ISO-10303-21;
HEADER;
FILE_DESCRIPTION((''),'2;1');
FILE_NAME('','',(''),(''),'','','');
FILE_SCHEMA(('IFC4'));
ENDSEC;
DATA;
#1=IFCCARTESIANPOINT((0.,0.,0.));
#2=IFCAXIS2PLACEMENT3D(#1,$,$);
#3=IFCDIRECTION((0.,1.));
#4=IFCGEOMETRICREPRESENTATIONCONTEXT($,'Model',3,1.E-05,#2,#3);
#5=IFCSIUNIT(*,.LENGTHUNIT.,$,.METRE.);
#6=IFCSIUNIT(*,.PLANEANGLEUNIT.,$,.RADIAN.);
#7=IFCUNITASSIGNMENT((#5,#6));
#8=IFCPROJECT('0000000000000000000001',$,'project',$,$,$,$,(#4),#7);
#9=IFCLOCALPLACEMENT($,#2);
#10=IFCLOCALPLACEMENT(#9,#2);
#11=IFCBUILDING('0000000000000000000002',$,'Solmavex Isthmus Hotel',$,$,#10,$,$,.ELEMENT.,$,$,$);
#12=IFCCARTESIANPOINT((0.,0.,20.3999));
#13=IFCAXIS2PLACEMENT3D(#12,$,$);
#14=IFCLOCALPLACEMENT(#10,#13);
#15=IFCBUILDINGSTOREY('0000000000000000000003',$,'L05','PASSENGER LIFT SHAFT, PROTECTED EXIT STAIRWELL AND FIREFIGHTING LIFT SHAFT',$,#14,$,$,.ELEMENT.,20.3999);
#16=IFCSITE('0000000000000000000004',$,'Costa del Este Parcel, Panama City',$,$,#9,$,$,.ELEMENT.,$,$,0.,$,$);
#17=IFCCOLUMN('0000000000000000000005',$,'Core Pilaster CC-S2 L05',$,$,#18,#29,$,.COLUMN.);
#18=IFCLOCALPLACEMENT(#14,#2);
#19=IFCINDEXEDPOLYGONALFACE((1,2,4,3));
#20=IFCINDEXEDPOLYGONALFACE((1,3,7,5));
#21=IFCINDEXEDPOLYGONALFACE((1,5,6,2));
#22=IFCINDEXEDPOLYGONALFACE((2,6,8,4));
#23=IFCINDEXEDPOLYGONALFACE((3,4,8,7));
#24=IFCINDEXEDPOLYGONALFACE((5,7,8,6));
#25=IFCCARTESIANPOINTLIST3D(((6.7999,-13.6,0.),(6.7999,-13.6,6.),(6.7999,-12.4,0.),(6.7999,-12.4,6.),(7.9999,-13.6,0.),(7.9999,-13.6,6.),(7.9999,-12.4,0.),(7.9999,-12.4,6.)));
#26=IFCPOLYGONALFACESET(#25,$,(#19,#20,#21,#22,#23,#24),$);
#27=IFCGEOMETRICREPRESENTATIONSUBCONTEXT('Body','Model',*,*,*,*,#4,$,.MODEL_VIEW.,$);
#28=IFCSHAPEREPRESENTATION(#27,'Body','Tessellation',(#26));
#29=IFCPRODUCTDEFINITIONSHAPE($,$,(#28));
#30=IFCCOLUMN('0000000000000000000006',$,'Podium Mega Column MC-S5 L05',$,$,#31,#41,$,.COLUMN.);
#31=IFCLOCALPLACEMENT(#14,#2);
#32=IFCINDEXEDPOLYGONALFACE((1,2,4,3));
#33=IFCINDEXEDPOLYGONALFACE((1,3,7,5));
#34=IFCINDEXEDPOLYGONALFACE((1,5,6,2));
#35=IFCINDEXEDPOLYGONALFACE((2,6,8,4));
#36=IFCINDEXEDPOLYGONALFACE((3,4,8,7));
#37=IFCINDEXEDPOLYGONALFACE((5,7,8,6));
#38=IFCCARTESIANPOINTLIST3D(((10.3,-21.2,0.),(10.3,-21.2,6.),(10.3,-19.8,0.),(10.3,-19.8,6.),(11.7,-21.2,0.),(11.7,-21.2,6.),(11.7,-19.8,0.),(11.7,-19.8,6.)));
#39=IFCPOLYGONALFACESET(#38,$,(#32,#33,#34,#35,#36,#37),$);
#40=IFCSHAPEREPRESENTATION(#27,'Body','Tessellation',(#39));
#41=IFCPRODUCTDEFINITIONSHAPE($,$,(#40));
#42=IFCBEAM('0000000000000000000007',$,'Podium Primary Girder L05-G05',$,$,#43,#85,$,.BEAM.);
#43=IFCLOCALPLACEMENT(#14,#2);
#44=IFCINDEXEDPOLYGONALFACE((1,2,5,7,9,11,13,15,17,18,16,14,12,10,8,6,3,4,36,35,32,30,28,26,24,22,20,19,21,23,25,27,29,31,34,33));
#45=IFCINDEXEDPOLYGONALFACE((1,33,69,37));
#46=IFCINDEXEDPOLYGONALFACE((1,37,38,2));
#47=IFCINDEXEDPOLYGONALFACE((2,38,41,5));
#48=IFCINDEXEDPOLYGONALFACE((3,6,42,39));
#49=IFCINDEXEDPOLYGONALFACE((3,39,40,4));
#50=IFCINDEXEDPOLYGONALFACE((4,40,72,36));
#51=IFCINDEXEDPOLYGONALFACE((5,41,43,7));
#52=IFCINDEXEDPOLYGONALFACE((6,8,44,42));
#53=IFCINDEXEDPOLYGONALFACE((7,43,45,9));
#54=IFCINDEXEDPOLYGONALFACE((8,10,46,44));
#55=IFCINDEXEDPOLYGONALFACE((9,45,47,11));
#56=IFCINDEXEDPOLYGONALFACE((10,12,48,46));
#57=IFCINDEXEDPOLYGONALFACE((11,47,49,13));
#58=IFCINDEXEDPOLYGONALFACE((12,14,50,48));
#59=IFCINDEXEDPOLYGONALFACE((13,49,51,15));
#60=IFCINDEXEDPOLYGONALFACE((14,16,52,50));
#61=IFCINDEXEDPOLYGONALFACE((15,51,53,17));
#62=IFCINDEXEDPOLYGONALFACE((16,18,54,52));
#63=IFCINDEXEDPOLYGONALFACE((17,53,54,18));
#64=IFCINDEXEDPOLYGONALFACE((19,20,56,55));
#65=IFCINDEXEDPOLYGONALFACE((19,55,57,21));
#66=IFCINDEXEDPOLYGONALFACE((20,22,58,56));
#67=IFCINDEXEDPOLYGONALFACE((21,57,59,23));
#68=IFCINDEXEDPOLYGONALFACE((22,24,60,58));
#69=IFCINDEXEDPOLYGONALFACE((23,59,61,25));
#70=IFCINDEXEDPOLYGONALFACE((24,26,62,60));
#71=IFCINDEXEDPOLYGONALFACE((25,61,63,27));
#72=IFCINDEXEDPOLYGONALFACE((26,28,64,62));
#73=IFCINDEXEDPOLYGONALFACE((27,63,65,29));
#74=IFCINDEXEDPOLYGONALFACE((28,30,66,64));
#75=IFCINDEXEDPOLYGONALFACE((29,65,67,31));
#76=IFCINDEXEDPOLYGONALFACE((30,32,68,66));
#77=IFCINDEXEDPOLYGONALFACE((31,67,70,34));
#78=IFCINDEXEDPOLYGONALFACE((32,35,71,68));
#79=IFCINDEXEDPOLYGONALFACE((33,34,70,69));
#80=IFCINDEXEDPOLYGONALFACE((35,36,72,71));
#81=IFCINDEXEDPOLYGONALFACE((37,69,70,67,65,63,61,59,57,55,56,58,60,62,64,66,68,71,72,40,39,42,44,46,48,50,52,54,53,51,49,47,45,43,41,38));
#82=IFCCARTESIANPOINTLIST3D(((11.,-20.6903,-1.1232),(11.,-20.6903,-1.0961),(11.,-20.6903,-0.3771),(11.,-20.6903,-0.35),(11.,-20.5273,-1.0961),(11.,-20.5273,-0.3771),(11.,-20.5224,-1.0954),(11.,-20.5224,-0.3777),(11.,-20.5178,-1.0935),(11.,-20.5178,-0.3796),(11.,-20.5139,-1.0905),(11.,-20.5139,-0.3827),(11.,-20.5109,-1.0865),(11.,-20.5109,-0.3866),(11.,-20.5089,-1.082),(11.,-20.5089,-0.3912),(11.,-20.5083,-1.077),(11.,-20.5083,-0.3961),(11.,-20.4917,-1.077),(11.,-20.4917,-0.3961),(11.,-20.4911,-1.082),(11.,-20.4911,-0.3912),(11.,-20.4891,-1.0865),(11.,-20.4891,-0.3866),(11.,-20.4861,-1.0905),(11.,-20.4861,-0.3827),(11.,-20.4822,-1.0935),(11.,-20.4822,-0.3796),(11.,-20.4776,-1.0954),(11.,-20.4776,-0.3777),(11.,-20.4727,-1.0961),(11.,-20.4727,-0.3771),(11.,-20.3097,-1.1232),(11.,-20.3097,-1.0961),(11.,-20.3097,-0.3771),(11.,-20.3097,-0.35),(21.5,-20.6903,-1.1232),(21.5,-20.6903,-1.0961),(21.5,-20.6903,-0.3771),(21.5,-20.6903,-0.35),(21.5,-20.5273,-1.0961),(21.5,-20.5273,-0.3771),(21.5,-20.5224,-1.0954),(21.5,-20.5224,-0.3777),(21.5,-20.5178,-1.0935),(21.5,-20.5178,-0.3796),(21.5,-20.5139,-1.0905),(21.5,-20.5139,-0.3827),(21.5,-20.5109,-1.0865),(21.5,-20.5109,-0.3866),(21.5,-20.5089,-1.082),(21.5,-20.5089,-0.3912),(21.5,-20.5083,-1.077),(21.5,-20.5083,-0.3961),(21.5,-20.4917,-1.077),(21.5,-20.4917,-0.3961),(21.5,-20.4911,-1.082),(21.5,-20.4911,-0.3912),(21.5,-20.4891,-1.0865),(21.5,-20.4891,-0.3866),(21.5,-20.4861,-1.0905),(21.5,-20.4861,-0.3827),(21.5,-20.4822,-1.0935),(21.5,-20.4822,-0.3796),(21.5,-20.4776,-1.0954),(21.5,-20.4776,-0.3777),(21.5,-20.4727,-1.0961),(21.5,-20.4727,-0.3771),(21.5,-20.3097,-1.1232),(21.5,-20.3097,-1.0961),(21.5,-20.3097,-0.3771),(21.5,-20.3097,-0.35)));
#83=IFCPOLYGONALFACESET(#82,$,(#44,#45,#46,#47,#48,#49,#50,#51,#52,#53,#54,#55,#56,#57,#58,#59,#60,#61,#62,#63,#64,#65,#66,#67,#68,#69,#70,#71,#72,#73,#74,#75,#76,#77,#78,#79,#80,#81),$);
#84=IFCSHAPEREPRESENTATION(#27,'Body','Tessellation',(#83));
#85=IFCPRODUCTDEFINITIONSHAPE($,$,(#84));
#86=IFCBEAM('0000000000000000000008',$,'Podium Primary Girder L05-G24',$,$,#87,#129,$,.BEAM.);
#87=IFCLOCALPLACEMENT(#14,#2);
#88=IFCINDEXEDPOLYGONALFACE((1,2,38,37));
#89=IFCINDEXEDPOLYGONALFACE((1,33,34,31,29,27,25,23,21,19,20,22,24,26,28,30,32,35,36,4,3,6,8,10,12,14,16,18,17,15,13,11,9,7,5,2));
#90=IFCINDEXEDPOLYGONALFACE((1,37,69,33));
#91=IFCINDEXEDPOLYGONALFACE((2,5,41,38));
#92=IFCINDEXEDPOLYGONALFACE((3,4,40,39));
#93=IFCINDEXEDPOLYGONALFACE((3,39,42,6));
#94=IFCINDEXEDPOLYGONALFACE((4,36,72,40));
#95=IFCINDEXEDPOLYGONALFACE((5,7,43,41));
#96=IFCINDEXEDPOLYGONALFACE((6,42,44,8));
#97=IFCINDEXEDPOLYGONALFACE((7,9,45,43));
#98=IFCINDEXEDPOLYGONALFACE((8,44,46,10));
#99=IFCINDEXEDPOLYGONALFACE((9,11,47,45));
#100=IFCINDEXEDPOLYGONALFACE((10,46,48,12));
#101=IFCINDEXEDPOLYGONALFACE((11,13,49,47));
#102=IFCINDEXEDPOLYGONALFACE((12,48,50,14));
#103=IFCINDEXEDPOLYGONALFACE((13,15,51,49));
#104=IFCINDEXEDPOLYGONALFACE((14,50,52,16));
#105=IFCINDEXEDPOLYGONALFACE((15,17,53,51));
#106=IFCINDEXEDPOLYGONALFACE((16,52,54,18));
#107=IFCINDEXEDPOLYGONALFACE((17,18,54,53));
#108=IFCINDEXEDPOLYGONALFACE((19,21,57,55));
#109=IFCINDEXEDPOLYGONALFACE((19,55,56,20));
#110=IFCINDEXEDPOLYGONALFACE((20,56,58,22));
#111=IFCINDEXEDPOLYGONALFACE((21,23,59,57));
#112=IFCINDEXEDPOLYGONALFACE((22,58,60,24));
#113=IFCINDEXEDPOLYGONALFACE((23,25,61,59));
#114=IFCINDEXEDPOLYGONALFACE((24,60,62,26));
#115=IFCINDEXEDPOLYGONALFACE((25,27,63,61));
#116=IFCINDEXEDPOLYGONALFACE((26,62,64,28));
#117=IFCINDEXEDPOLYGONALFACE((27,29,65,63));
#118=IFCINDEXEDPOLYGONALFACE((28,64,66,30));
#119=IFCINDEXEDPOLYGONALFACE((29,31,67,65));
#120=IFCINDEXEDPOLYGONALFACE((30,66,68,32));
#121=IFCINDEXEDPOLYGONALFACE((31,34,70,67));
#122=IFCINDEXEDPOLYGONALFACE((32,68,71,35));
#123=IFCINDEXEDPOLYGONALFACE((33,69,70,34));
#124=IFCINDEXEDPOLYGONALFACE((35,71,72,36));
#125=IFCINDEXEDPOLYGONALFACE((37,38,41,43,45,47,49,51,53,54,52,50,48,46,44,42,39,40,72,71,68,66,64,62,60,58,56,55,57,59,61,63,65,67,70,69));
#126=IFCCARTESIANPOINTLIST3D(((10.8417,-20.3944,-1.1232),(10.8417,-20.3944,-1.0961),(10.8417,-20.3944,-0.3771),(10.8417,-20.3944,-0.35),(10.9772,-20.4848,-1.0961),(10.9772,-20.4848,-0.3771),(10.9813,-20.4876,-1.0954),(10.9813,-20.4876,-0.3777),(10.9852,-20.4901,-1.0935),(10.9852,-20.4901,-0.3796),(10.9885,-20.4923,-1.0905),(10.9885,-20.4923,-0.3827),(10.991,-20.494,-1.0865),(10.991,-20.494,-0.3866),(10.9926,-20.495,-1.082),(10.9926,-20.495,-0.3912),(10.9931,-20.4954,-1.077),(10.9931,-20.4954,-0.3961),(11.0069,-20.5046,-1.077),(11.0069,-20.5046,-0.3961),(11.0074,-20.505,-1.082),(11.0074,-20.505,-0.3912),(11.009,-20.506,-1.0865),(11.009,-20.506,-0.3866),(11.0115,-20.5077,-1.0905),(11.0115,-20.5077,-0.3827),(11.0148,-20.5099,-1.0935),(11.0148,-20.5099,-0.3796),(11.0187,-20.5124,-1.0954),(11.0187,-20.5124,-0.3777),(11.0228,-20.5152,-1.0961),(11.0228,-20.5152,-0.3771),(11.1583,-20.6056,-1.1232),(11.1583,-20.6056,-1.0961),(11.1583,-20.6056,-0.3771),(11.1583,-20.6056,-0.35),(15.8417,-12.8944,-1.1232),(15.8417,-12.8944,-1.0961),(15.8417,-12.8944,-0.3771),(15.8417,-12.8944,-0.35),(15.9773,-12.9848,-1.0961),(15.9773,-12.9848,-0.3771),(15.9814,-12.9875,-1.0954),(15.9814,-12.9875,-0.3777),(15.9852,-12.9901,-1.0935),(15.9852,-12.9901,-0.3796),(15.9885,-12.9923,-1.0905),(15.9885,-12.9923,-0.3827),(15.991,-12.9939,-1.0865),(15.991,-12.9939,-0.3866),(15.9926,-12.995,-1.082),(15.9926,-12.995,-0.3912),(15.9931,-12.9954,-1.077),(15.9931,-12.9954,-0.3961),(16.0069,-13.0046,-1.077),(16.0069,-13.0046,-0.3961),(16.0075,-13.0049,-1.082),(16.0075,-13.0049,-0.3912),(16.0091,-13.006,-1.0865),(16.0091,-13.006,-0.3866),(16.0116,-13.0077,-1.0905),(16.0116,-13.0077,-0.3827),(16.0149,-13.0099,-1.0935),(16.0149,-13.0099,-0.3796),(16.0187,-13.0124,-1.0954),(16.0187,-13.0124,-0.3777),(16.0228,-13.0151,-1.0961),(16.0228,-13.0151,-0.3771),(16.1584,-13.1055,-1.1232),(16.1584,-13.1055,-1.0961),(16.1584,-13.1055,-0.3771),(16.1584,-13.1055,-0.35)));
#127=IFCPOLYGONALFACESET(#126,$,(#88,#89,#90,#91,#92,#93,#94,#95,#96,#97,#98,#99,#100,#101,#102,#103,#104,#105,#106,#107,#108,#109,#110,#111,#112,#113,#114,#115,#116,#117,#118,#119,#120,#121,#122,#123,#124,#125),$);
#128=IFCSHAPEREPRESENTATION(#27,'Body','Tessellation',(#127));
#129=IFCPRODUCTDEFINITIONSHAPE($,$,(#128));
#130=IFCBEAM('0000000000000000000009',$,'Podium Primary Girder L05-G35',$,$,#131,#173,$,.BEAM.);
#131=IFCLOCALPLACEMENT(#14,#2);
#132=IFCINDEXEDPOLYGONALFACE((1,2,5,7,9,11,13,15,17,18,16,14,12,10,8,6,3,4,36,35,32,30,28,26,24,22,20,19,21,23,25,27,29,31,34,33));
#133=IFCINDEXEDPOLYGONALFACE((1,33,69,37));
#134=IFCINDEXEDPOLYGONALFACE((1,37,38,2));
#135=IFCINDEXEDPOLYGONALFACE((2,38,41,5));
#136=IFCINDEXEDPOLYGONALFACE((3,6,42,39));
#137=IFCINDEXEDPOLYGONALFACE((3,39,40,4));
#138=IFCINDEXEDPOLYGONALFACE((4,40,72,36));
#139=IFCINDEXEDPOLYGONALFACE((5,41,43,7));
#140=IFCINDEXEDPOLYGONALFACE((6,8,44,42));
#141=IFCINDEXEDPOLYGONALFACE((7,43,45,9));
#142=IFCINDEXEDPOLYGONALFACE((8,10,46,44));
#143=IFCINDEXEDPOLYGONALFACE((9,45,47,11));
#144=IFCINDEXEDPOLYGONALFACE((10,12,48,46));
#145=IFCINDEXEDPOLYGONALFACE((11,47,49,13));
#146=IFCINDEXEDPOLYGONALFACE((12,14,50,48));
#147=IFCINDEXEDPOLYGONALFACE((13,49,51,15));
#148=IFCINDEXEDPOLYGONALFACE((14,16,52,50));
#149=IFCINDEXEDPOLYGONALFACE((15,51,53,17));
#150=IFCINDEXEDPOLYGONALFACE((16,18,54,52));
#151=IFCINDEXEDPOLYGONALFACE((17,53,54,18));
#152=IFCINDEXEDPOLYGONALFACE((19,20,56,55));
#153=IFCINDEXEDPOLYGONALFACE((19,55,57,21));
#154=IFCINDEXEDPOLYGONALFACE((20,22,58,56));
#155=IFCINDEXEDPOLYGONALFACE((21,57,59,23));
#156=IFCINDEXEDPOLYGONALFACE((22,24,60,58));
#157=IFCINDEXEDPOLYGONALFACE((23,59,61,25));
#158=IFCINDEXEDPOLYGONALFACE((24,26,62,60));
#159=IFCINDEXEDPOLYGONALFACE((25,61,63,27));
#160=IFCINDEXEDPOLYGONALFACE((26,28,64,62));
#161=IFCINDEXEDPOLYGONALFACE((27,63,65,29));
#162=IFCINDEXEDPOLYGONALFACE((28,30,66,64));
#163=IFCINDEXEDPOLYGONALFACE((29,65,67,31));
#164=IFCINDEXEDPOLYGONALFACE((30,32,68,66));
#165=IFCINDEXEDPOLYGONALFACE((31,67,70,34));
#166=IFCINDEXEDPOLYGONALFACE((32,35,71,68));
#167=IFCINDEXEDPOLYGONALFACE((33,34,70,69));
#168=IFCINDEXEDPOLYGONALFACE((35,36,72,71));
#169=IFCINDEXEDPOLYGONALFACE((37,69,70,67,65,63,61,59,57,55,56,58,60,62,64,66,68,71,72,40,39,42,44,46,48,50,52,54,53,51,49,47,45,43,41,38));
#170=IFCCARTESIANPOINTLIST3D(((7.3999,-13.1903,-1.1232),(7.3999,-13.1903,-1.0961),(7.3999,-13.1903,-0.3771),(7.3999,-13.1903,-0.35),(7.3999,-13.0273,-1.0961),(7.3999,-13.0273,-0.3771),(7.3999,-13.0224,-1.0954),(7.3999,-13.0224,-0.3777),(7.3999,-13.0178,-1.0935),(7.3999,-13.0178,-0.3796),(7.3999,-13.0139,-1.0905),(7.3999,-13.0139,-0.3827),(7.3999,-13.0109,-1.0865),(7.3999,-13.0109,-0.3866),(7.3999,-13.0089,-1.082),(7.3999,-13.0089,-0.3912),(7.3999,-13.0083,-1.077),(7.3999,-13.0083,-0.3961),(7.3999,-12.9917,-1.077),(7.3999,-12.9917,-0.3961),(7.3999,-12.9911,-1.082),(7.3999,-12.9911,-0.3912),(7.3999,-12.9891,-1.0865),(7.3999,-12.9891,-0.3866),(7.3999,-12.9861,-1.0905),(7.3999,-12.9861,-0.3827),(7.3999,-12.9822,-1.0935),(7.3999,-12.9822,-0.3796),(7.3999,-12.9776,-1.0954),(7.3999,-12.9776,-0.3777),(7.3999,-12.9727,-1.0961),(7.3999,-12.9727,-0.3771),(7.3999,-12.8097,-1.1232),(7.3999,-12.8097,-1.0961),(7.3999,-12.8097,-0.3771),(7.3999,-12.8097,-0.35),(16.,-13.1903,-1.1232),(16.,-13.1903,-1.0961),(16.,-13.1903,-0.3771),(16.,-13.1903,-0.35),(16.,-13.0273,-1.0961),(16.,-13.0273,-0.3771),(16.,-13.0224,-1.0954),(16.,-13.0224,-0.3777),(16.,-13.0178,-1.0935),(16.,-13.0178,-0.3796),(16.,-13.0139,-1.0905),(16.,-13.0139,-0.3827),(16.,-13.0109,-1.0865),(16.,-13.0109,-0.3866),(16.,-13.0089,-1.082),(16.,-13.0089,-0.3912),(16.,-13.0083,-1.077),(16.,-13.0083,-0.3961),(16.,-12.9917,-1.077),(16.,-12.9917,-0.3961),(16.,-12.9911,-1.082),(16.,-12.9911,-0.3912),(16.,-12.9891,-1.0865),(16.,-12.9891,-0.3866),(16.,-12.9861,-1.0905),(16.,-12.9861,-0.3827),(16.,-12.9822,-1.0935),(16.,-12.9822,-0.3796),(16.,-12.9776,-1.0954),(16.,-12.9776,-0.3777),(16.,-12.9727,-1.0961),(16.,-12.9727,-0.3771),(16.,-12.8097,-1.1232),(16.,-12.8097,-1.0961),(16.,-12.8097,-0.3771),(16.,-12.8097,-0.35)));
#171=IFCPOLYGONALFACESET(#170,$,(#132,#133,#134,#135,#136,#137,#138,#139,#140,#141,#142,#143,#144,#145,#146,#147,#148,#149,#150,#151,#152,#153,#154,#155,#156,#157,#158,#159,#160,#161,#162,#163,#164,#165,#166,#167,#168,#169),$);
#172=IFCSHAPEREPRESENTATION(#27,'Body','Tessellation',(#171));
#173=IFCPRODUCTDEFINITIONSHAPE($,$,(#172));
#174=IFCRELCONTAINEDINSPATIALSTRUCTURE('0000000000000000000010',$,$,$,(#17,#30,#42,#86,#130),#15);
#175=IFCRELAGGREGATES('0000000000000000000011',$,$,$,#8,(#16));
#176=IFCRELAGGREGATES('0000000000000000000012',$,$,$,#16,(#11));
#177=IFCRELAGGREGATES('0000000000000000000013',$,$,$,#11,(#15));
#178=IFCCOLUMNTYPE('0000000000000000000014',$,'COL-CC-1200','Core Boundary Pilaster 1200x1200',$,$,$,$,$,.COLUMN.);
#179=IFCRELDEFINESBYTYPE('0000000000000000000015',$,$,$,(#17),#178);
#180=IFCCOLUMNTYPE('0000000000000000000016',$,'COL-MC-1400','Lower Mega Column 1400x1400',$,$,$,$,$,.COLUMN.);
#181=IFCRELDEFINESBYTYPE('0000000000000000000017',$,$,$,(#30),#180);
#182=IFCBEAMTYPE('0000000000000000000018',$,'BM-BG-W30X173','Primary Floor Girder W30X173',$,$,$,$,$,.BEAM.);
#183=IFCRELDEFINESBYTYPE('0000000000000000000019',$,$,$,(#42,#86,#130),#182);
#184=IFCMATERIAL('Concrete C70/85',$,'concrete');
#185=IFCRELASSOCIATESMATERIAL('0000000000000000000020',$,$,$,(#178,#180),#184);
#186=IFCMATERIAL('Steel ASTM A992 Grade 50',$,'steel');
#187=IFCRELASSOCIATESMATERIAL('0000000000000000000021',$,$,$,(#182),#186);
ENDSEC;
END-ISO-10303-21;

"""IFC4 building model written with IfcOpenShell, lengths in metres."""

from ifc_helpers import new_model, si_unit, direction, frame, origin, origin_2d, place, context, subcontext, project, spatial, rectangle, i_section, extrude, material, material_profile, profile_set, type_object, element, save


model = new_model("IFC4")

# Units and contexts
model_context = context("Model", 3, precision=1e-05, world=origin(), true_north=direction((0.0, 1.0)))
body_context = subcontext(model_context, "Body", "Model", "MODEL_VIEW")
ifc_project = project(units=[si_unit("LENGTHUNIT", "METRE"), si_unit("PLANEANGLEUNIT", "RADIAN")], contexts=[model_context])

# Site, building, storey
site_placement = place(None, origin())
site = spatial("IfcSite", under=ifc_project, at=site_placement, Name="Costa del Este Parcel, Panama City", CompositionType="ELEMENT", RefElevation=0.0)
building_placement = place(site_placement, origin())
building = spatial("IfcBuilding", under=site, at=building_placement, Name="Solmavex Isthmus Hotel", CompositionType="ELEMENT")
storey_placement = place(building_placement, frame((0.0, 0.0, 20.3999)))
storey = spatial("IfcBuildingStorey", under=building, at=storey_placement, Name="L05", Description="PASSENGER LIFT SHAFT, PROTECTED EXIT STAIRWELL AND FIREFIGHTING LIFT SHAFT", CompositionType="ELEMENT", Elevation=20.3999)

# Columns
ifc_material_1 = material(Name="Concrete C70/85", Category="concrete")
ifc_material_profile_1 = material_profile(ifc_material_1, rectangle(XDim=1.2, YDim=1.2, at=origin_2d()), Name="RC1200X1200")
ifc_profile_set_1 = profile_set([ifc_material_profile_1], Name="Concrete C70/85")
column_type_1 = type_object("IfcColumnType", Name="COL-CC-1200", Description="Core Boundary Pilaster 1200x1200", PredefinedType="COLUMN", material=ifc_profile_set_1)
column_1_placement = place(storey_placement, frame((7.3999, -13.0, 0.0), z_axis=(0.0, 0.0, 1.0), x_axis=(1.0, 0.0, 0.0)))
element("IfcColumn", 1, at=column_1_placement, inside=storey, type_object=column_type_1, Name="Core Pilaster CC-S2 L05", PredefinedType="COLUMN", context=body_context, shape_type="SweptSolid", body=[
    extrude(rectangle(XDim=1.2, YDim=1.2, at=origin_2d()), origin(), (0.0, 0.0, 1.0), 6.0),
])
ifc_material_profile_2 = material_profile(ifc_material_1, rectangle(XDim=1.3999, YDim=1.3999, at=origin_2d()), Name="RC1400X1400")
ifc_profile_set_2 = profile_set([ifc_material_profile_2], Name="Concrete C70/85")
column_type_2 = type_object("IfcColumnType", Name="COL-MC-1400", Description="Lower Mega Column 1400x1400", PredefinedType="COLUMN", material=ifc_profile_set_2)
column_2_placement = place(storey_placement, frame((11.0, -20.5, 0.0), z_axis=(0.0, 0.0, 1.0), x_axis=(1.0, 0.0, 0.0)))
element("IfcColumn", 2, at=column_2_placement, inside=storey, type_object=column_type_2, Name="Podium Mega Column MC-S5 L05", PredefinedType="COLUMN", context=body_context, shape_type="SweptSolid", body=[
    extrude(rectangle(XDim=1.3999, YDim=1.3999, at=origin_2d()), origin(), (0.0, 0.0, 1.0), 6.0),
])

# Beams
ifc_material_2 = material(Name="Steel ASTM A992 Grade 50", Category="steel")
ifc_material_profile_3 = material_profile(ifc_material_2, i_section(OverallWidth=0.3806, OverallDepth=0.7732, WebThickness=0.0166, FlangeThickness=0.0271, FilletRadius=0.019, at=origin_2d()), Name="W30X173")
ifc_profile_set_3 = profile_set([ifc_material_profile_3], Name="Steel ASTM A992 Grade 50")
beam_type_1 = type_object("IfcBeamType", Name="BM-BG-W30X173", Description="Primary Floor Girder W30X173", PredefinedType="BEAM", material=ifc_profile_set_3)
beam_1_placement = place(storey_placement, frame((11.0, -20.5, -0.7366), z_axis=(1.0, 0.0, 0.0), x_axis=(0.0, 1.0, 0.0)))
element("IfcBeam", 3, at=beam_1_placement, inside=storey, type_object=beam_type_1, Name="Podium Primary Girder L05-G05", PredefinedType="BEAM", context=body_context, shape_type="SweptSolid", body=[
    extrude(i_section(OverallWidth=0.3806, OverallDepth=0.7732, WebThickness=0.0166, FlangeThickness=0.0271, FilletRadius=0.019, at=origin_2d()), origin(), (0.0, 0.0, 1.0), 10.5),
])
beam_2_placement = place(storey_placement, frame((11.0, -20.5, -0.7366), z_axis=(0.5547, 0.83205, 0.0), x_axis=(-0.83205, 0.5547, 0.0)))
element("IfcBeam", 4, at=beam_2_placement, inside=storey, type_object=beam_type_1, Name="Podium Primary Girder L05-G24", PredefinedType="BEAM", context=body_context, shape_type="SweptSolid", body=[
    extrude(i_section(OverallWidth=0.3806, OverallDepth=0.7732, WebThickness=0.0166, FlangeThickness=0.0271, FilletRadius=0.019, at=origin_2d()), origin(), (0.0, 0.0, 1.0), 9.0139),
])
beam_3_placement = place(storey_placement, frame((7.3999, -13.0, -0.7366), z_axis=(1.0, 0.0, 0.0), x_axis=(0.0, 1.0, 0.0)))
element("IfcBeam", 5, at=beam_3_placement, inside=storey, type_object=beam_type_1, Name="Podium Primary Girder L05-G35", PredefinedType="BEAM", context=body_context, shape_type="SweptSolid", body=[
    extrude(i_section(OverallWidth=0.3806, OverallDepth=0.7732, WebThickness=0.0166, FlangeThickness=0.0271, FilletRadius=0.019, at=origin_2d()), origin(), (0.0, 0.0, 1.0), 8.6001),
])

save(model, "model.ifc")
